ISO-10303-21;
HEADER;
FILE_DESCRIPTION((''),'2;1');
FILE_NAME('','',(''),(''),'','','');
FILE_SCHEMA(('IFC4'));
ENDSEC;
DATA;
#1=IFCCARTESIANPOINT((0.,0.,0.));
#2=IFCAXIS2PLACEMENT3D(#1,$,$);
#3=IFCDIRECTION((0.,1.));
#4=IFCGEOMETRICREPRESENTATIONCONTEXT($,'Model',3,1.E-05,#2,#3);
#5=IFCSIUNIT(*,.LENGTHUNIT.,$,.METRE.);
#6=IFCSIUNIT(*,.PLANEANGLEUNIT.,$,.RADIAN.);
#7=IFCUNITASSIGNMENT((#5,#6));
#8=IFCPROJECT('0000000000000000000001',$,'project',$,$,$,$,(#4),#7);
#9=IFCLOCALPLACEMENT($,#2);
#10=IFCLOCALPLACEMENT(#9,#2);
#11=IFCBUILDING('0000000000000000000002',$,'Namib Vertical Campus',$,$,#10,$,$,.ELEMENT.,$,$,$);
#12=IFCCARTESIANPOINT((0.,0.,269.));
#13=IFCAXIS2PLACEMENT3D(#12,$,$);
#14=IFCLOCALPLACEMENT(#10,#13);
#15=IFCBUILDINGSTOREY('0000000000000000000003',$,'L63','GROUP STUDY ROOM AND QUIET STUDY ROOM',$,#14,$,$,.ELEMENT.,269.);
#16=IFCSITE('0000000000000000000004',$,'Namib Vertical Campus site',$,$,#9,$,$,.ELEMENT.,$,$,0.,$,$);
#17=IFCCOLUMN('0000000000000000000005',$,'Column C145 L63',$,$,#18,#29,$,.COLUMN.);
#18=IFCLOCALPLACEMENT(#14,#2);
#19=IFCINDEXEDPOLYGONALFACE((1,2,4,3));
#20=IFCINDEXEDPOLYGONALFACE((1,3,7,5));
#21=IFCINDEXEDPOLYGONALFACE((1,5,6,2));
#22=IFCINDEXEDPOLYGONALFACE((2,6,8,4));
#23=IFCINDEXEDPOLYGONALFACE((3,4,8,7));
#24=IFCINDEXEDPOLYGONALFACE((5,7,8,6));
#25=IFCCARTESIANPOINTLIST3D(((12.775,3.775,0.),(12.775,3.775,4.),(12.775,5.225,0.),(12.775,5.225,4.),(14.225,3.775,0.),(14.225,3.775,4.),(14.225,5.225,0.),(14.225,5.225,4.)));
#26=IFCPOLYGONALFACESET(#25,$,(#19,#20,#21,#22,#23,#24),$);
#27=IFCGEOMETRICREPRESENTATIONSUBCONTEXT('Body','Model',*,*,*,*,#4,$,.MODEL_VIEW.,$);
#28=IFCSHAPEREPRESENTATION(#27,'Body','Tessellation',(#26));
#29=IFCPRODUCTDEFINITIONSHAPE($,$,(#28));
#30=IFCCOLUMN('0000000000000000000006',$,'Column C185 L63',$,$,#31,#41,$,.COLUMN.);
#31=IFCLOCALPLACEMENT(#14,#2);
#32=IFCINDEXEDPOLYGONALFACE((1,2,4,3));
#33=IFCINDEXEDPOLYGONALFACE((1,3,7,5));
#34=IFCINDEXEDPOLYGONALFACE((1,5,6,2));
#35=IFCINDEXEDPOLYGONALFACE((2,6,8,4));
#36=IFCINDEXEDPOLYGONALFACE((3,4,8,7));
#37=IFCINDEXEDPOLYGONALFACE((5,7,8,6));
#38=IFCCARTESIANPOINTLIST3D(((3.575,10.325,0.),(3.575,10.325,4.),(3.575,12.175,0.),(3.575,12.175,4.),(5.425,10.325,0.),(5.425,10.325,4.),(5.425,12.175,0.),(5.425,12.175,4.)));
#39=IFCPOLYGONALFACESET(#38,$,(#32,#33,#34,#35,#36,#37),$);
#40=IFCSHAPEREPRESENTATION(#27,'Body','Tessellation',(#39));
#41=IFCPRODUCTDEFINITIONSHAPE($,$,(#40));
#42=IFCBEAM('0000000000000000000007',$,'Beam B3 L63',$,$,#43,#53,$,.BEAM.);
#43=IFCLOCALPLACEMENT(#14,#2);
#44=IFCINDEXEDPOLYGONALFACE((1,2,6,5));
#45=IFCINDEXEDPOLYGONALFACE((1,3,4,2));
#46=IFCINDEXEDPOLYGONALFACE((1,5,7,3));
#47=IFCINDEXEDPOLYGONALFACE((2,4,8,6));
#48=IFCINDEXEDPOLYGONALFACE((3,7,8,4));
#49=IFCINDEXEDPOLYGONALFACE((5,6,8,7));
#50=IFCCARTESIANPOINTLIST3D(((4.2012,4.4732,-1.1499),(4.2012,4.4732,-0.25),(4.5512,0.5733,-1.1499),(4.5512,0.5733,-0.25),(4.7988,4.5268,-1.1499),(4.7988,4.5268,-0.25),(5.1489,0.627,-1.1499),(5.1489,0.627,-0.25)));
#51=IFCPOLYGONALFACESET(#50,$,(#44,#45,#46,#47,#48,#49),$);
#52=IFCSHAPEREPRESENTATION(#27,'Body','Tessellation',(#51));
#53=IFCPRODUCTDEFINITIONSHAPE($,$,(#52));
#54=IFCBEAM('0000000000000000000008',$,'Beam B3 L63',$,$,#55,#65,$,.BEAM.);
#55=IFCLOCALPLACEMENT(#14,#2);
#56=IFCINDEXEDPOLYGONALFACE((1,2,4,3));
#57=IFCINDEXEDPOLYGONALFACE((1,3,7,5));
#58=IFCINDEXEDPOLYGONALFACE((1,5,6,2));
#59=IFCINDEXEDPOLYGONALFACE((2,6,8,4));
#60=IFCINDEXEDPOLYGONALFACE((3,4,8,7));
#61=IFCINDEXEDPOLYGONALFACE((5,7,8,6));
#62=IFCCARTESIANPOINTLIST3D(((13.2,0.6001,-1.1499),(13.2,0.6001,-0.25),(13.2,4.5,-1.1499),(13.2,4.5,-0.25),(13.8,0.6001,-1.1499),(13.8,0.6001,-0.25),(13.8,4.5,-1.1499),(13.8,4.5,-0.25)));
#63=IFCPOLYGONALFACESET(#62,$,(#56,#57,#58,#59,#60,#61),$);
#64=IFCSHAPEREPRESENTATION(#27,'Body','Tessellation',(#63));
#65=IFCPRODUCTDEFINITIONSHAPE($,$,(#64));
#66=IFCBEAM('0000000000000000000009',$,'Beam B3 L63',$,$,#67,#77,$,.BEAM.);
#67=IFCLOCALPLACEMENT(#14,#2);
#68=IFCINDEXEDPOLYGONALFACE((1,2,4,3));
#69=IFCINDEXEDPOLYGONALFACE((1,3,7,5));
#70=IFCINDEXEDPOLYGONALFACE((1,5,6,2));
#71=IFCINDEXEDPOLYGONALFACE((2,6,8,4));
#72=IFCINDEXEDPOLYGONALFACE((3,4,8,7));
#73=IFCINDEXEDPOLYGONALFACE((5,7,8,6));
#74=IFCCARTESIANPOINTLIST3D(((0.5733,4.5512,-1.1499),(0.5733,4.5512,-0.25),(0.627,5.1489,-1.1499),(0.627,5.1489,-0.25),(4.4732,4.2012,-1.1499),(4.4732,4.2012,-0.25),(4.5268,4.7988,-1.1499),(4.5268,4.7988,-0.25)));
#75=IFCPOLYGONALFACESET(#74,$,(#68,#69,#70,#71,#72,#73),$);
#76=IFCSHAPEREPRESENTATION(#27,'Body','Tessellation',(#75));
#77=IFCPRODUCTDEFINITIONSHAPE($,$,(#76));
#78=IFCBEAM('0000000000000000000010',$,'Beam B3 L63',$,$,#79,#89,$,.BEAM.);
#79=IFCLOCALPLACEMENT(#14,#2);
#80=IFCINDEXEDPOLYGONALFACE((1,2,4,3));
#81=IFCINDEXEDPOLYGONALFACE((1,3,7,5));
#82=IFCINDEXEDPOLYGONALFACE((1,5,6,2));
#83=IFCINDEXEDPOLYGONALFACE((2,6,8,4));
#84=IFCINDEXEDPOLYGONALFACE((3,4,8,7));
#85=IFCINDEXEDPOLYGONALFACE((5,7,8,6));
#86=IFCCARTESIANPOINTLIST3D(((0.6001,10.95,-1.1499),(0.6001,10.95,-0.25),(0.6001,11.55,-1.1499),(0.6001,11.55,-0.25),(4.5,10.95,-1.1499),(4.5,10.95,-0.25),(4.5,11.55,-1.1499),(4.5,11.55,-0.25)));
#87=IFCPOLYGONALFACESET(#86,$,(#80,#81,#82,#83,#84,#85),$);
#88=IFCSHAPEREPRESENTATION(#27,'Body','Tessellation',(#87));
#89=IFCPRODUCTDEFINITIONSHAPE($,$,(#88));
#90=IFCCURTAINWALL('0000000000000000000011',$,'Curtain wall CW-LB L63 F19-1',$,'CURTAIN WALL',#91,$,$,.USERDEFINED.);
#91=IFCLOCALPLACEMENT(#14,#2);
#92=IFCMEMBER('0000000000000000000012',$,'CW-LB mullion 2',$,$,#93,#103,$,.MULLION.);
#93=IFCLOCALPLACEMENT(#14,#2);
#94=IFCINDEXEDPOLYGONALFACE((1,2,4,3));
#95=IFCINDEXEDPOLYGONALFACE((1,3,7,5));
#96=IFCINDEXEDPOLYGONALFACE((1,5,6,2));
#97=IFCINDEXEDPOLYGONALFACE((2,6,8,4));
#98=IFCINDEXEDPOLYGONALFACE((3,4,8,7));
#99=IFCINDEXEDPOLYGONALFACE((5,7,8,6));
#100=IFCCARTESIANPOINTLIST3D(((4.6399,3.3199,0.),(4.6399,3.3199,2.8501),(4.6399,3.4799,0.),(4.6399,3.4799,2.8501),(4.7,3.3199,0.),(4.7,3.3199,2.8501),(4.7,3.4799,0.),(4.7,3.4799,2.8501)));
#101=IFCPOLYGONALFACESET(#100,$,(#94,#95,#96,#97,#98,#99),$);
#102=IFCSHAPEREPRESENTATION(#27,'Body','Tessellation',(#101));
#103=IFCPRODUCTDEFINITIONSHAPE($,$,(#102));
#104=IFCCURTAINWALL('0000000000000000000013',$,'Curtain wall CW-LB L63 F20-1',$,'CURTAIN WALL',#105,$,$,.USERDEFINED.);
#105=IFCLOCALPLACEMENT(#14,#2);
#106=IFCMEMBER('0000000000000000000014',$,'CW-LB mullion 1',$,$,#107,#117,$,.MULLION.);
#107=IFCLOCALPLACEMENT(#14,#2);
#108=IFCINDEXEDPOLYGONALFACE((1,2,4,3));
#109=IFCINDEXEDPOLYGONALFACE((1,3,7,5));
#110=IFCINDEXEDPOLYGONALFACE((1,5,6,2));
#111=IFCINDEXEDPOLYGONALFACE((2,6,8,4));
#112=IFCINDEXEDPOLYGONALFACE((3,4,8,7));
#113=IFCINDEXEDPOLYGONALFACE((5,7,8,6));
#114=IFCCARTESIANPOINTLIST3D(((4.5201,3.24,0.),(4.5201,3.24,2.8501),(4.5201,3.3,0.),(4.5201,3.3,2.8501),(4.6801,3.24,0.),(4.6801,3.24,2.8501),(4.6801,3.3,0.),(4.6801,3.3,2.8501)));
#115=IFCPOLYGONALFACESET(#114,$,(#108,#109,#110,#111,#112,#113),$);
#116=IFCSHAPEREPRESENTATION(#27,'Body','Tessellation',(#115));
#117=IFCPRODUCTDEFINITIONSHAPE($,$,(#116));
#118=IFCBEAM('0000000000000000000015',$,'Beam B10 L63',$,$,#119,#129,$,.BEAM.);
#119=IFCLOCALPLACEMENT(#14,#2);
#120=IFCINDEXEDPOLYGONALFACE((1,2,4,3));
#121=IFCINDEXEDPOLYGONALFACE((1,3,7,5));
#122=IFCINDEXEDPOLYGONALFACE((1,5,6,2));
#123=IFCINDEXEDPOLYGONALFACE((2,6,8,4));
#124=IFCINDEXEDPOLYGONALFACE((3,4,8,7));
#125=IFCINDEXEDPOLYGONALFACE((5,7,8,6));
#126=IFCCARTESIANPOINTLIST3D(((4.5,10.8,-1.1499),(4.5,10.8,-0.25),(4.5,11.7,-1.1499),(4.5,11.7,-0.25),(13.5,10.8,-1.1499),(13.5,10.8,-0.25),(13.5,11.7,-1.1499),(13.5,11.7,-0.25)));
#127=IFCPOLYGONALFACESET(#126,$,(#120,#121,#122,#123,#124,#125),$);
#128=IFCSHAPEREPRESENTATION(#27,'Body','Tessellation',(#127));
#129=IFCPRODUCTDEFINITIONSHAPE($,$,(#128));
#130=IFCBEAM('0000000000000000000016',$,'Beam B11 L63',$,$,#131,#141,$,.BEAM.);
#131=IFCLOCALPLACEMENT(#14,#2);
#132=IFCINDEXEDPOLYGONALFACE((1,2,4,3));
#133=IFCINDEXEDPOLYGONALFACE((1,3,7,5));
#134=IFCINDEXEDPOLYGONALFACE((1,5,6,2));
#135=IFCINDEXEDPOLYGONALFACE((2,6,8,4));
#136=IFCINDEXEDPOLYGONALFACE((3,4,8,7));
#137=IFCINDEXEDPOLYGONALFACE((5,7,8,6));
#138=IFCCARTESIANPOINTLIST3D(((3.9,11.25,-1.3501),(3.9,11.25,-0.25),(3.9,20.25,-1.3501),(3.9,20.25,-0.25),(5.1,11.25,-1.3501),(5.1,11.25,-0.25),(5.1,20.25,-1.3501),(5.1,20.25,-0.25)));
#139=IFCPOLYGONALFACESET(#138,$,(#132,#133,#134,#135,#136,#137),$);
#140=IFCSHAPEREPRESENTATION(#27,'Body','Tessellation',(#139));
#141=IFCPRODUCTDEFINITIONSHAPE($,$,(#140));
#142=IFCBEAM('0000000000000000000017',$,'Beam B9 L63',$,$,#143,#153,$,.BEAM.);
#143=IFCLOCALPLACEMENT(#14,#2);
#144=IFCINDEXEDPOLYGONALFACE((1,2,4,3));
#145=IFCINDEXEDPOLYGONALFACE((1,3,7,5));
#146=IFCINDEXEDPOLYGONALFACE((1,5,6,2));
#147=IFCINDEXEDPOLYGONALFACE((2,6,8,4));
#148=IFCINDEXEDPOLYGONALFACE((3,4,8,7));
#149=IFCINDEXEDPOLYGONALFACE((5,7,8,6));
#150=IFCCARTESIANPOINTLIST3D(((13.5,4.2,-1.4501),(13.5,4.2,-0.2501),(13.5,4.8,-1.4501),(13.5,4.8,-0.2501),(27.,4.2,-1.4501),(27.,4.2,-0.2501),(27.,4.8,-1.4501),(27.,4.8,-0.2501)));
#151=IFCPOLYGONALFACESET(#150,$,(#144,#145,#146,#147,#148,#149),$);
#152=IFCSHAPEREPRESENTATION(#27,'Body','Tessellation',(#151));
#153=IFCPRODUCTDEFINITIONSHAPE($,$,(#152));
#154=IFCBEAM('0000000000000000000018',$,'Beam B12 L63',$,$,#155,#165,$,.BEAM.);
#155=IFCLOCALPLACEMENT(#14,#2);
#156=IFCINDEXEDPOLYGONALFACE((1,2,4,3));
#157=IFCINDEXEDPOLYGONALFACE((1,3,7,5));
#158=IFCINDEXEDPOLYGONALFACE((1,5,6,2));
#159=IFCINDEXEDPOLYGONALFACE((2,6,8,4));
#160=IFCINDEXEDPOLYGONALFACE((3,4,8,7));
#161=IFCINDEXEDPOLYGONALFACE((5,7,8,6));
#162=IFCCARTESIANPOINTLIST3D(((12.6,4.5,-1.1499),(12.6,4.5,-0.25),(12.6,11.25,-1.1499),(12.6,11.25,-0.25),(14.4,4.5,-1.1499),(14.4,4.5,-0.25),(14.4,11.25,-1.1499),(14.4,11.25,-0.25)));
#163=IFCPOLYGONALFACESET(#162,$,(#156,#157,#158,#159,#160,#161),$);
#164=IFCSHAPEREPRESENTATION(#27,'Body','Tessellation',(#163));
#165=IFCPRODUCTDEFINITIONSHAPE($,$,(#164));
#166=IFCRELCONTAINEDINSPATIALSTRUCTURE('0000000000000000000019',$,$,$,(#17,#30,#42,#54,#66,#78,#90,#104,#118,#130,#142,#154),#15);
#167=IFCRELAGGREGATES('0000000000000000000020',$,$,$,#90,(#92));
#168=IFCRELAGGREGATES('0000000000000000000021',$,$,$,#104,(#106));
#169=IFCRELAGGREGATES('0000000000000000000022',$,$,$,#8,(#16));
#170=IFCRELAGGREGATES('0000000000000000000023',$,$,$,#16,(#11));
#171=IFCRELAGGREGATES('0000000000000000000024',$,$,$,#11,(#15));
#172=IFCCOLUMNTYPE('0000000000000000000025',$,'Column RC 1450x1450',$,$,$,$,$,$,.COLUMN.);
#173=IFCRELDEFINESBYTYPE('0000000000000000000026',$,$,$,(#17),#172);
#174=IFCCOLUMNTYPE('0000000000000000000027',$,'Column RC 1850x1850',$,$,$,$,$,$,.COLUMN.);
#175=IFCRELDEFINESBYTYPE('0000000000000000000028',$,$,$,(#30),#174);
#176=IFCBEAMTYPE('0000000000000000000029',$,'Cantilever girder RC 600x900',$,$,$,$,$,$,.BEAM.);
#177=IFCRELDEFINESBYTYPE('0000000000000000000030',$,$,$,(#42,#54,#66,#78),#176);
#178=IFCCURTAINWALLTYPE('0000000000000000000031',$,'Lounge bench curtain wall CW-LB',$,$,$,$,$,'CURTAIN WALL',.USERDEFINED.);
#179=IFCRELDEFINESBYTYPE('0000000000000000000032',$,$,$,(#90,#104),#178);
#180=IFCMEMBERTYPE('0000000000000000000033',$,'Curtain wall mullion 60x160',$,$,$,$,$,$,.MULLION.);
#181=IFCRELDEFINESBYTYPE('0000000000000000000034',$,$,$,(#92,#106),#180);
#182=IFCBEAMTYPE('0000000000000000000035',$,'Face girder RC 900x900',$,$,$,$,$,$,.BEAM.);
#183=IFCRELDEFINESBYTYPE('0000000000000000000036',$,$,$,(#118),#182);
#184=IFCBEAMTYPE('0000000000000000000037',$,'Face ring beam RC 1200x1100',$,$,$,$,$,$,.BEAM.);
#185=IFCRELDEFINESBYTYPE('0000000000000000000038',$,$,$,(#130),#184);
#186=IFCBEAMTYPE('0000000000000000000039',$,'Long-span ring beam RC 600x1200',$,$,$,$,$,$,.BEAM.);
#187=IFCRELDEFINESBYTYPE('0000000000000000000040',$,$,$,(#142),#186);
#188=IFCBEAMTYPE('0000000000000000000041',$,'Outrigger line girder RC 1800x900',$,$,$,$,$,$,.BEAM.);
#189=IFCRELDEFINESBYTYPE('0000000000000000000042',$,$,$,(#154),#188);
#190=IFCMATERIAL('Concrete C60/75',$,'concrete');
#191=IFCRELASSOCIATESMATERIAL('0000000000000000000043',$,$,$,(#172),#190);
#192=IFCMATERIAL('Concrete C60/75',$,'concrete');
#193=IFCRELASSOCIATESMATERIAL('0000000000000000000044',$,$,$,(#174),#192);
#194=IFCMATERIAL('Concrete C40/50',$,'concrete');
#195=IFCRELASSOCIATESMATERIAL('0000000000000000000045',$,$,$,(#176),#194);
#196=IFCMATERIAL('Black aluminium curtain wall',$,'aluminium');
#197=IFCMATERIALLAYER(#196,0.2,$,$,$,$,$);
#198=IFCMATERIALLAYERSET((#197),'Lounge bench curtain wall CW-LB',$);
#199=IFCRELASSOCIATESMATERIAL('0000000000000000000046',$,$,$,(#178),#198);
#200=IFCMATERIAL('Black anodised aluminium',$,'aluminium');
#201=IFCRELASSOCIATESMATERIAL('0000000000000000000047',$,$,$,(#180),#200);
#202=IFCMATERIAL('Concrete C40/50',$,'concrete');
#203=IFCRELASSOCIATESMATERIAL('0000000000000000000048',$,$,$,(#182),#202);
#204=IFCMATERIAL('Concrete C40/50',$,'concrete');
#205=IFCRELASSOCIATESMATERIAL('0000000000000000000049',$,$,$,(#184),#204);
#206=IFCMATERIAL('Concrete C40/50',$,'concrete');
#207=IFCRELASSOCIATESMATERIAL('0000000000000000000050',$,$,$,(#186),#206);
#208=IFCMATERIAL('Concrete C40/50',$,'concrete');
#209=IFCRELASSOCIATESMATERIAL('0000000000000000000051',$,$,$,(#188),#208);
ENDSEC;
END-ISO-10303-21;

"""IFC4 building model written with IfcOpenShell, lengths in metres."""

from ifc_helpers import new_model, si_unit, direction, frame, origin, origin_2d, place, context, subcontext, project, spatial, rectangle, extrude, material, layer, layer_set, material_profile, profile_set, type_object, element, aggregate, save


model = new_model("IFC4")

# Units and contexts
model_context = context("Model", 3, precision=1e-05, world=origin(), true_north=direction((0.0, 1.0)))
body_context = subcontext(model_context, "Body", "Model", "MODEL_VIEW")
ifc_project = project(units=[si_unit("LENGTHUNIT", "METRE"), si_unit("PLANEANGLEUNIT", "RADIAN")], contexts=[model_context])

# Site, building, storey
site_placement = place(None, origin())
site = spatial("IfcSite", under=ifc_project, at=site_placement, Name="Namib Vertical Campus site", CompositionType="ELEMENT", RefElevation=0.0)
building_placement = place(site_placement, origin())
building = spatial("IfcBuilding", under=site, at=building_placement, Name="Namib Vertical Campus", CompositionType="ELEMENT")
storey_placement = place(building_placement, frame((0.0, 0.0, 269.0)))
storey = spatial("IfcBuildingStorey", under=building, at=storey_placement, Name="L63", Description="GROUP STUDY ROOM AND QUIET STUDY ROOM", CompositionType="ELEMENT", Elevation=269.0)

# Columns
ifc_material_1 = material(Name="Concrete C60/75", Category="concrete")
ifc_material_profile_1 = material_profile(ifc_material_1, rectangle(XDim=1.45, YDim=1.45, at=origin_2d()))
ifc_profile_set_1 = profile_set([ifc_material_profile_1], Name="Concrete C60/75")
column_type_1 = type_object("IfcColumnType", Name="Column RC 1450x1450", PredefinedType="COLUMN", material=ifc_profile_set_1)
column_1_placement = place(storey_placement, frame((13.5, 4.5, 0.0), z_axis=(0.0, 0.0, 1.0), x_axis=(1.0, 0.0, 0.0)))
element("IfcColumn", 1, at=column_1_placement, inside=storey, type_object=column_type_1, Name="Column C145 L63", PredefinedType="COLUMN", context=body_context, shape_type="SweptSolid", body=[
    extrude(rectangle(XDim=1.45, YDim=1.45, at=origin_2d()), origin(), (0.0, 0.0, 1.0), 4.0),
])
ifc_material_2 = material(Name="Concrete C60/75", Category="concrete")
ifc_material_profile_2 = material_profile(ifc_material_2, rectangle(XDim=1.8501, YDim=1.8501, at=origin_2d()))
ifc_profile_set_2 = profile_set([ifc_material_profile_2], Name="Concrete C60/75")
column_type_2 = type_object("IfcColumnType", Name="Column RC 1850x1850", PredefinedType="COLUMN", material=ifc_profile_set_2)
column_2_placement = place(storey_placement, frame((4.5, 11.25, 0.0), z_axis=(0.0, 0.0, 1.0), x_axis=(1.0, 0.0, 0.0)))
element("IfcColumn", 2, at=column_2_placement, inside=storey, type_object=column_type_2, Name="Column C185 L63", PredefinedType="COLUMN", context=body_context, shape_type="SweptSolid", body=[
    extrude(rectangle(XDim=1.8501, YDim=1.8501, at=origin_2d()), origin(), (0.0, 0.0, 1.0), 4.0),
])

# Beams
ifc_material_3 = material(Name="Concrete C40/50", Category="concrete")
ifc_material_profile_3 = material_profile(ifc_material_3, rectangle(XDim=0.6001, YDim=0.8999, at=origin_2d()))
ifc_profile_set_3 = profile_set([ifc_material_profile_3], Name="Concrete C40/50")
beam_type_1 = type_object("IfcBeamType", Name="Cantilever girder RC 600x900", PredefinedType="BEAM", material=ifc_profile_set_3)
beam_1_placement = place(storey_placement, frame((4.5, 4.5, -0.7), z_axis=(0.089411, -0.995995, 0.0), x_axis=(0.995995, 0.089411, 0.0)))
element("IfcBeam", 3, at=beam_1_placement, inside=storey, type_object=beam_type_1, Name="Beam B3 L63", PredefinedType="BEAM", context=body_context, shape_type="SweptSolid", body=[
    extrude(rectangle(XDim=0.6001, YDim=0.8999, at=origin_2d()), origin(), (0.0, 0.0, 1.0), 3.9155),
])
beam_2_placement = place(storey_placement, frame((13.5, 4.5, -0.7), z_axis=(0.0, -1.0, 0.0), x_axis=(1.0, 0.0, 0.0)))
element("IfcBeam", 4, at=beam_2_placement, inside=storey, type_object=beam_type_1, Name="Beam B3 L63", PredefinedType="BEAM", context=body_context, shape_type="SweptSolid", body=[
    extrude(rectangle(XDim=0.6001, YDim=0.8999, at=origin_2d()), origin(), (0.0, 0.0, 1.0), 3.8999),
])
beam_3_placement = place(storey_placement, frame((4.5, 4.5, -0.7), z_axis=(-0.995995, 0.089411, 0.0), x_axis=(-0.089411, -0.995995, 0.0)))
element("IfcBeam", 5, at=beam_3_placement, inside=storey, type_object=beam_type_1, Name="Beam B3 L63", PredefinedType="BEAM", context=body_context, shape_type="SweptSolid", body=[
    extrude(rectangle(XDim=0.6001, YDim=0.8999, at=origin_2d()), origin(), (0.0, 0.0, 1.0), 3.9155),
])
beam_4_placement = place(storey_placement, frame((4.5, 11.25, -0.7), z_axis=(-1.0, 0.0, 0.0), x_axis=(0.0, -1.0, 0.0)))
element("IfcBeam", 6, at=beam_4_placement, inside=storey, type_object=beam_type_1, Name="Beam B3 L63", PredefinedType="BEAM", context=body_context, shape_type="SweptSolid", body=[
    extrude(rectangle(XDim=0.6001, YDim=0.8999, at=origin_2d()), origin(), (0.0, 0.0, 1.0), 3.8999),
])

# Curtain walls, members
ifc_material_4 = material(Name="Black aluminium curtain wall", Category="aluminium")
ifc_layer_1 = layer(ifc_material_4, 0.2)
ifc_layer_set_1 = layer_set([ifc_layer_1], Name="Lounge bench curtain wall CW-LB")
curtain_wall_type = type_object("IfcCurtainWallType", Name="Lounge bench curtain wall CW-LB", ElementType="CURTAIN WALL", PredefinedType="USERDEFINED", material=ifc_layer_set_1)
curtain_wall_1_placement = place(storey_placement, origin())
curtain_wall_1 = element("IfcCurtainWall", 7, at=curtain_wall_1_placement, inside=storey, type_object=curtain_wall_type, Name="Curtain wall CW-LB L63 F19-1", ObjectType="CURTAIN WALL", PredefinedType="USERDEFINED")
ifc_material_5 = material(Name="Black anodised aluminium", Category="aluminium")
ifc_material_profile_4 = material_profile(ifc_material_5, rectangle(XDim=0.0601, YDim=0.1599, at=origin_2d()))
ifc_profile_set_4 = profile_set([ifc_material_profile_4], Name="Black anodised aluminium")
member_type = type_object("IfcMemberType", Name="Curtain wall mullion 60x160", PredefinedType="MULLION", material=ifc_profile_set_4)
member_1_placement = place(storey_placement, frame((4.6699, 3.3999, 0.0), z_axis=(0.0, 0.0, 1.0), x_axis=(1.0, 0.0, 0.0)))
member_1 = element("IfcMember", 8, at=member_1_placement, type_object=member_type, Name="CW-LB mullion 2", PredefinedType="MULLION", context=body_context, shape_type="SweptSolid", body=[
    extrude(rectangle(XDim=0.0601, YDim=0.1599, at=origin_2d()), origin(), (0.0, 0.0, 1.0), 2.8501),
])
aggregate(curtain_wall_1, [member_1])
curtain_wall_2_placement = place(storey_placement, origin())
curtain_wall_2 = element("IfcCurtainWall", 9, at=curtain_wall_2_placement, inside=storey, type_object=curtain_wall_type, Name="Curtain wall CW-LB L63 F20-1", ObjectType="CURTAIN WALL", PredefinedType="USERDEFINED")
member_2_placement = place(storey_placement, frame((4.6001, 3.27, 0.0), z_axis=(0.0, 0.0, 1.0), x_axis=(0.0, -1.0, 0.0)))
member_2 = element("IfcMember", 10, at=member_2_placement, type_object=member_type, Name="CW-LB mullion 1", PredefinedType="MULLION", context=body_context, shape_type="SweptSolid", body=[
    extrude(rectangle(XDim=0.0601, YDim=0.1599, at=origin_2d()), origin(), (0.0, 0.0, 1.0), 2.8501),
])
aggregate(curtain_wall_2, [member_2])

# Beams
ifc_material_6 = material(Name="Concrete C40/50", Category="concrete")
ifc_material_profile_5 = material_profile(ifc_material_6, rectangle(XDim=0.8999, YDim=0.8999, at=origin_2d()))
ifc_profile_set_5 = profile_set([ifc_material_profile_5], Name="Concrete C40/50")
beam_type_2 = type_object("IfcBeamType", Name="Face girder RC 900x900", PredefinedType="BEAM", material=ifc_profile_set_5)
beam_5_placement = place(storey_placement, frame((4.5, 11.25, -0.7), z_axis=(1.0, 0.0, 0.0), x_axis=(0.0, 1.0, 0.0)))
element("IfcBeam", 11, at=beam_5_placement, inside=storey, type_object=beam_type_2, Name="Beam B10 L63", PredefinedType="BEAM", context=body_context, shape_type="SweptSolid", body=[
    extrude(rectangle(XDim=0.8999, YDim=0.8999, at=origin_2d()), origin(), (0.0, 0.0, 1.0), 9.0),
])
ifc_material_7 = material(Name="Concrete C40/50", Category="concrete")
ifc_material_profile_6 = material_profile(ifc_material_7, rectangle(XDim=1.2, YDim=1.1001, at=origin_2d()))
ifc_profile_set_6 = profile_set([ifc_material_profile_6], Name="Concrete C40/50")
beam_type_3 = type_object("IfcBeamType", Name="Face ring beam RC 1200x1100", PredefinedType="BEAM", material=ifc_profile_set_6)
beam_6_placement = place(storey_placement, frame((4.5, 11.25, -0.8), z_axis=(0.0, 1.0, 0.0), x_axis=(-1.0, 0.0, 0.0)))
element("IfcBeam", 12, at=beam_6_placement, inside=storey, type_object=beam_type_3, Name="Beam B11 L63", PredefinedType="BEAM", context=body_context, shape_type="SweptSolid", body=[
    extrude(rectangle(XDim=1.2, YDim=1.1001, at=origin_2d()), origin(), (0.0, 0.0, 1.0), 9.0),
])
ifc_material_8 = material(Name="Concrete C40/50", Category="concrete")
ifc_material_profile_7 = material_profile(ifc_material_8, rectangle(XDim=0.6001, YDim=1.2, at=origin_2d()))
ifc_profile_set_7 = profile_set([ifc_material_profile_7], Name="Concrete C40/50")
beam_type_4 = type_object("IfcBeamType", Name="Long-span ring beam RC 600x1200", PredefinedType="BEAM", material=ifc_profile_set_7)
beam_7_placement = place(storey_placement, frame((13.5, 4.5, -0.8501), z_axis=(1.0, 0.0, 0.0), x_axis=(0.0, 1.0, 0.0)))
element("IfcBeam", 13, at=beam_7_placement, inside=storey, type_object=beam_type_4, Name="Beam B9 L63", PredefinedType="BEAM", context=body_context, shape_type="SweptSolid", body=[
    extrude(rectangle(XDim=0.6001, YDim=1.2, at=origin_2d()), origin(), (0.0, 0.0, 1.0), 13.5),
])
ifc_material_9 = material(Name="Concrete C40/50", Category="concrete")
ifc_material_profile_8 = material_profile(ifc_material_9, rectangle(XDim=1.8, YDim=0.8999, at=origin_2d()))
ifc_profile_set_8 = profile_set([ifc_material_profile_8], Name="Concrete C40/50")
beam_type_5 = type_object("IfcBeamType", Name="Outrigger line girder RC 1800x900", PredefinedType="BEAM", material=ifc_profile_set_8)
beam_8_placement = place(storey_placement, frame((13.5, 4.5, -0.7), z_axis=(0.0, 1.0, 0.0), x_axis=(-1.0, 0.0, 0.0)))
element("IfcBeam", 14, at=beam_8_placement, inside=storey, type_object=beam_type_5, Name="Beam B12 L63", PredefinedType="BEAM", context=body_context, shape_type="SweptSolid", body=[
    extrude(rectangle(XDim=1.8, YDim=0.8999, at=origin_2d()), origin(), (0.0, 0.0, 1.0), 6.75),
])

save(model, "model.ifc")
